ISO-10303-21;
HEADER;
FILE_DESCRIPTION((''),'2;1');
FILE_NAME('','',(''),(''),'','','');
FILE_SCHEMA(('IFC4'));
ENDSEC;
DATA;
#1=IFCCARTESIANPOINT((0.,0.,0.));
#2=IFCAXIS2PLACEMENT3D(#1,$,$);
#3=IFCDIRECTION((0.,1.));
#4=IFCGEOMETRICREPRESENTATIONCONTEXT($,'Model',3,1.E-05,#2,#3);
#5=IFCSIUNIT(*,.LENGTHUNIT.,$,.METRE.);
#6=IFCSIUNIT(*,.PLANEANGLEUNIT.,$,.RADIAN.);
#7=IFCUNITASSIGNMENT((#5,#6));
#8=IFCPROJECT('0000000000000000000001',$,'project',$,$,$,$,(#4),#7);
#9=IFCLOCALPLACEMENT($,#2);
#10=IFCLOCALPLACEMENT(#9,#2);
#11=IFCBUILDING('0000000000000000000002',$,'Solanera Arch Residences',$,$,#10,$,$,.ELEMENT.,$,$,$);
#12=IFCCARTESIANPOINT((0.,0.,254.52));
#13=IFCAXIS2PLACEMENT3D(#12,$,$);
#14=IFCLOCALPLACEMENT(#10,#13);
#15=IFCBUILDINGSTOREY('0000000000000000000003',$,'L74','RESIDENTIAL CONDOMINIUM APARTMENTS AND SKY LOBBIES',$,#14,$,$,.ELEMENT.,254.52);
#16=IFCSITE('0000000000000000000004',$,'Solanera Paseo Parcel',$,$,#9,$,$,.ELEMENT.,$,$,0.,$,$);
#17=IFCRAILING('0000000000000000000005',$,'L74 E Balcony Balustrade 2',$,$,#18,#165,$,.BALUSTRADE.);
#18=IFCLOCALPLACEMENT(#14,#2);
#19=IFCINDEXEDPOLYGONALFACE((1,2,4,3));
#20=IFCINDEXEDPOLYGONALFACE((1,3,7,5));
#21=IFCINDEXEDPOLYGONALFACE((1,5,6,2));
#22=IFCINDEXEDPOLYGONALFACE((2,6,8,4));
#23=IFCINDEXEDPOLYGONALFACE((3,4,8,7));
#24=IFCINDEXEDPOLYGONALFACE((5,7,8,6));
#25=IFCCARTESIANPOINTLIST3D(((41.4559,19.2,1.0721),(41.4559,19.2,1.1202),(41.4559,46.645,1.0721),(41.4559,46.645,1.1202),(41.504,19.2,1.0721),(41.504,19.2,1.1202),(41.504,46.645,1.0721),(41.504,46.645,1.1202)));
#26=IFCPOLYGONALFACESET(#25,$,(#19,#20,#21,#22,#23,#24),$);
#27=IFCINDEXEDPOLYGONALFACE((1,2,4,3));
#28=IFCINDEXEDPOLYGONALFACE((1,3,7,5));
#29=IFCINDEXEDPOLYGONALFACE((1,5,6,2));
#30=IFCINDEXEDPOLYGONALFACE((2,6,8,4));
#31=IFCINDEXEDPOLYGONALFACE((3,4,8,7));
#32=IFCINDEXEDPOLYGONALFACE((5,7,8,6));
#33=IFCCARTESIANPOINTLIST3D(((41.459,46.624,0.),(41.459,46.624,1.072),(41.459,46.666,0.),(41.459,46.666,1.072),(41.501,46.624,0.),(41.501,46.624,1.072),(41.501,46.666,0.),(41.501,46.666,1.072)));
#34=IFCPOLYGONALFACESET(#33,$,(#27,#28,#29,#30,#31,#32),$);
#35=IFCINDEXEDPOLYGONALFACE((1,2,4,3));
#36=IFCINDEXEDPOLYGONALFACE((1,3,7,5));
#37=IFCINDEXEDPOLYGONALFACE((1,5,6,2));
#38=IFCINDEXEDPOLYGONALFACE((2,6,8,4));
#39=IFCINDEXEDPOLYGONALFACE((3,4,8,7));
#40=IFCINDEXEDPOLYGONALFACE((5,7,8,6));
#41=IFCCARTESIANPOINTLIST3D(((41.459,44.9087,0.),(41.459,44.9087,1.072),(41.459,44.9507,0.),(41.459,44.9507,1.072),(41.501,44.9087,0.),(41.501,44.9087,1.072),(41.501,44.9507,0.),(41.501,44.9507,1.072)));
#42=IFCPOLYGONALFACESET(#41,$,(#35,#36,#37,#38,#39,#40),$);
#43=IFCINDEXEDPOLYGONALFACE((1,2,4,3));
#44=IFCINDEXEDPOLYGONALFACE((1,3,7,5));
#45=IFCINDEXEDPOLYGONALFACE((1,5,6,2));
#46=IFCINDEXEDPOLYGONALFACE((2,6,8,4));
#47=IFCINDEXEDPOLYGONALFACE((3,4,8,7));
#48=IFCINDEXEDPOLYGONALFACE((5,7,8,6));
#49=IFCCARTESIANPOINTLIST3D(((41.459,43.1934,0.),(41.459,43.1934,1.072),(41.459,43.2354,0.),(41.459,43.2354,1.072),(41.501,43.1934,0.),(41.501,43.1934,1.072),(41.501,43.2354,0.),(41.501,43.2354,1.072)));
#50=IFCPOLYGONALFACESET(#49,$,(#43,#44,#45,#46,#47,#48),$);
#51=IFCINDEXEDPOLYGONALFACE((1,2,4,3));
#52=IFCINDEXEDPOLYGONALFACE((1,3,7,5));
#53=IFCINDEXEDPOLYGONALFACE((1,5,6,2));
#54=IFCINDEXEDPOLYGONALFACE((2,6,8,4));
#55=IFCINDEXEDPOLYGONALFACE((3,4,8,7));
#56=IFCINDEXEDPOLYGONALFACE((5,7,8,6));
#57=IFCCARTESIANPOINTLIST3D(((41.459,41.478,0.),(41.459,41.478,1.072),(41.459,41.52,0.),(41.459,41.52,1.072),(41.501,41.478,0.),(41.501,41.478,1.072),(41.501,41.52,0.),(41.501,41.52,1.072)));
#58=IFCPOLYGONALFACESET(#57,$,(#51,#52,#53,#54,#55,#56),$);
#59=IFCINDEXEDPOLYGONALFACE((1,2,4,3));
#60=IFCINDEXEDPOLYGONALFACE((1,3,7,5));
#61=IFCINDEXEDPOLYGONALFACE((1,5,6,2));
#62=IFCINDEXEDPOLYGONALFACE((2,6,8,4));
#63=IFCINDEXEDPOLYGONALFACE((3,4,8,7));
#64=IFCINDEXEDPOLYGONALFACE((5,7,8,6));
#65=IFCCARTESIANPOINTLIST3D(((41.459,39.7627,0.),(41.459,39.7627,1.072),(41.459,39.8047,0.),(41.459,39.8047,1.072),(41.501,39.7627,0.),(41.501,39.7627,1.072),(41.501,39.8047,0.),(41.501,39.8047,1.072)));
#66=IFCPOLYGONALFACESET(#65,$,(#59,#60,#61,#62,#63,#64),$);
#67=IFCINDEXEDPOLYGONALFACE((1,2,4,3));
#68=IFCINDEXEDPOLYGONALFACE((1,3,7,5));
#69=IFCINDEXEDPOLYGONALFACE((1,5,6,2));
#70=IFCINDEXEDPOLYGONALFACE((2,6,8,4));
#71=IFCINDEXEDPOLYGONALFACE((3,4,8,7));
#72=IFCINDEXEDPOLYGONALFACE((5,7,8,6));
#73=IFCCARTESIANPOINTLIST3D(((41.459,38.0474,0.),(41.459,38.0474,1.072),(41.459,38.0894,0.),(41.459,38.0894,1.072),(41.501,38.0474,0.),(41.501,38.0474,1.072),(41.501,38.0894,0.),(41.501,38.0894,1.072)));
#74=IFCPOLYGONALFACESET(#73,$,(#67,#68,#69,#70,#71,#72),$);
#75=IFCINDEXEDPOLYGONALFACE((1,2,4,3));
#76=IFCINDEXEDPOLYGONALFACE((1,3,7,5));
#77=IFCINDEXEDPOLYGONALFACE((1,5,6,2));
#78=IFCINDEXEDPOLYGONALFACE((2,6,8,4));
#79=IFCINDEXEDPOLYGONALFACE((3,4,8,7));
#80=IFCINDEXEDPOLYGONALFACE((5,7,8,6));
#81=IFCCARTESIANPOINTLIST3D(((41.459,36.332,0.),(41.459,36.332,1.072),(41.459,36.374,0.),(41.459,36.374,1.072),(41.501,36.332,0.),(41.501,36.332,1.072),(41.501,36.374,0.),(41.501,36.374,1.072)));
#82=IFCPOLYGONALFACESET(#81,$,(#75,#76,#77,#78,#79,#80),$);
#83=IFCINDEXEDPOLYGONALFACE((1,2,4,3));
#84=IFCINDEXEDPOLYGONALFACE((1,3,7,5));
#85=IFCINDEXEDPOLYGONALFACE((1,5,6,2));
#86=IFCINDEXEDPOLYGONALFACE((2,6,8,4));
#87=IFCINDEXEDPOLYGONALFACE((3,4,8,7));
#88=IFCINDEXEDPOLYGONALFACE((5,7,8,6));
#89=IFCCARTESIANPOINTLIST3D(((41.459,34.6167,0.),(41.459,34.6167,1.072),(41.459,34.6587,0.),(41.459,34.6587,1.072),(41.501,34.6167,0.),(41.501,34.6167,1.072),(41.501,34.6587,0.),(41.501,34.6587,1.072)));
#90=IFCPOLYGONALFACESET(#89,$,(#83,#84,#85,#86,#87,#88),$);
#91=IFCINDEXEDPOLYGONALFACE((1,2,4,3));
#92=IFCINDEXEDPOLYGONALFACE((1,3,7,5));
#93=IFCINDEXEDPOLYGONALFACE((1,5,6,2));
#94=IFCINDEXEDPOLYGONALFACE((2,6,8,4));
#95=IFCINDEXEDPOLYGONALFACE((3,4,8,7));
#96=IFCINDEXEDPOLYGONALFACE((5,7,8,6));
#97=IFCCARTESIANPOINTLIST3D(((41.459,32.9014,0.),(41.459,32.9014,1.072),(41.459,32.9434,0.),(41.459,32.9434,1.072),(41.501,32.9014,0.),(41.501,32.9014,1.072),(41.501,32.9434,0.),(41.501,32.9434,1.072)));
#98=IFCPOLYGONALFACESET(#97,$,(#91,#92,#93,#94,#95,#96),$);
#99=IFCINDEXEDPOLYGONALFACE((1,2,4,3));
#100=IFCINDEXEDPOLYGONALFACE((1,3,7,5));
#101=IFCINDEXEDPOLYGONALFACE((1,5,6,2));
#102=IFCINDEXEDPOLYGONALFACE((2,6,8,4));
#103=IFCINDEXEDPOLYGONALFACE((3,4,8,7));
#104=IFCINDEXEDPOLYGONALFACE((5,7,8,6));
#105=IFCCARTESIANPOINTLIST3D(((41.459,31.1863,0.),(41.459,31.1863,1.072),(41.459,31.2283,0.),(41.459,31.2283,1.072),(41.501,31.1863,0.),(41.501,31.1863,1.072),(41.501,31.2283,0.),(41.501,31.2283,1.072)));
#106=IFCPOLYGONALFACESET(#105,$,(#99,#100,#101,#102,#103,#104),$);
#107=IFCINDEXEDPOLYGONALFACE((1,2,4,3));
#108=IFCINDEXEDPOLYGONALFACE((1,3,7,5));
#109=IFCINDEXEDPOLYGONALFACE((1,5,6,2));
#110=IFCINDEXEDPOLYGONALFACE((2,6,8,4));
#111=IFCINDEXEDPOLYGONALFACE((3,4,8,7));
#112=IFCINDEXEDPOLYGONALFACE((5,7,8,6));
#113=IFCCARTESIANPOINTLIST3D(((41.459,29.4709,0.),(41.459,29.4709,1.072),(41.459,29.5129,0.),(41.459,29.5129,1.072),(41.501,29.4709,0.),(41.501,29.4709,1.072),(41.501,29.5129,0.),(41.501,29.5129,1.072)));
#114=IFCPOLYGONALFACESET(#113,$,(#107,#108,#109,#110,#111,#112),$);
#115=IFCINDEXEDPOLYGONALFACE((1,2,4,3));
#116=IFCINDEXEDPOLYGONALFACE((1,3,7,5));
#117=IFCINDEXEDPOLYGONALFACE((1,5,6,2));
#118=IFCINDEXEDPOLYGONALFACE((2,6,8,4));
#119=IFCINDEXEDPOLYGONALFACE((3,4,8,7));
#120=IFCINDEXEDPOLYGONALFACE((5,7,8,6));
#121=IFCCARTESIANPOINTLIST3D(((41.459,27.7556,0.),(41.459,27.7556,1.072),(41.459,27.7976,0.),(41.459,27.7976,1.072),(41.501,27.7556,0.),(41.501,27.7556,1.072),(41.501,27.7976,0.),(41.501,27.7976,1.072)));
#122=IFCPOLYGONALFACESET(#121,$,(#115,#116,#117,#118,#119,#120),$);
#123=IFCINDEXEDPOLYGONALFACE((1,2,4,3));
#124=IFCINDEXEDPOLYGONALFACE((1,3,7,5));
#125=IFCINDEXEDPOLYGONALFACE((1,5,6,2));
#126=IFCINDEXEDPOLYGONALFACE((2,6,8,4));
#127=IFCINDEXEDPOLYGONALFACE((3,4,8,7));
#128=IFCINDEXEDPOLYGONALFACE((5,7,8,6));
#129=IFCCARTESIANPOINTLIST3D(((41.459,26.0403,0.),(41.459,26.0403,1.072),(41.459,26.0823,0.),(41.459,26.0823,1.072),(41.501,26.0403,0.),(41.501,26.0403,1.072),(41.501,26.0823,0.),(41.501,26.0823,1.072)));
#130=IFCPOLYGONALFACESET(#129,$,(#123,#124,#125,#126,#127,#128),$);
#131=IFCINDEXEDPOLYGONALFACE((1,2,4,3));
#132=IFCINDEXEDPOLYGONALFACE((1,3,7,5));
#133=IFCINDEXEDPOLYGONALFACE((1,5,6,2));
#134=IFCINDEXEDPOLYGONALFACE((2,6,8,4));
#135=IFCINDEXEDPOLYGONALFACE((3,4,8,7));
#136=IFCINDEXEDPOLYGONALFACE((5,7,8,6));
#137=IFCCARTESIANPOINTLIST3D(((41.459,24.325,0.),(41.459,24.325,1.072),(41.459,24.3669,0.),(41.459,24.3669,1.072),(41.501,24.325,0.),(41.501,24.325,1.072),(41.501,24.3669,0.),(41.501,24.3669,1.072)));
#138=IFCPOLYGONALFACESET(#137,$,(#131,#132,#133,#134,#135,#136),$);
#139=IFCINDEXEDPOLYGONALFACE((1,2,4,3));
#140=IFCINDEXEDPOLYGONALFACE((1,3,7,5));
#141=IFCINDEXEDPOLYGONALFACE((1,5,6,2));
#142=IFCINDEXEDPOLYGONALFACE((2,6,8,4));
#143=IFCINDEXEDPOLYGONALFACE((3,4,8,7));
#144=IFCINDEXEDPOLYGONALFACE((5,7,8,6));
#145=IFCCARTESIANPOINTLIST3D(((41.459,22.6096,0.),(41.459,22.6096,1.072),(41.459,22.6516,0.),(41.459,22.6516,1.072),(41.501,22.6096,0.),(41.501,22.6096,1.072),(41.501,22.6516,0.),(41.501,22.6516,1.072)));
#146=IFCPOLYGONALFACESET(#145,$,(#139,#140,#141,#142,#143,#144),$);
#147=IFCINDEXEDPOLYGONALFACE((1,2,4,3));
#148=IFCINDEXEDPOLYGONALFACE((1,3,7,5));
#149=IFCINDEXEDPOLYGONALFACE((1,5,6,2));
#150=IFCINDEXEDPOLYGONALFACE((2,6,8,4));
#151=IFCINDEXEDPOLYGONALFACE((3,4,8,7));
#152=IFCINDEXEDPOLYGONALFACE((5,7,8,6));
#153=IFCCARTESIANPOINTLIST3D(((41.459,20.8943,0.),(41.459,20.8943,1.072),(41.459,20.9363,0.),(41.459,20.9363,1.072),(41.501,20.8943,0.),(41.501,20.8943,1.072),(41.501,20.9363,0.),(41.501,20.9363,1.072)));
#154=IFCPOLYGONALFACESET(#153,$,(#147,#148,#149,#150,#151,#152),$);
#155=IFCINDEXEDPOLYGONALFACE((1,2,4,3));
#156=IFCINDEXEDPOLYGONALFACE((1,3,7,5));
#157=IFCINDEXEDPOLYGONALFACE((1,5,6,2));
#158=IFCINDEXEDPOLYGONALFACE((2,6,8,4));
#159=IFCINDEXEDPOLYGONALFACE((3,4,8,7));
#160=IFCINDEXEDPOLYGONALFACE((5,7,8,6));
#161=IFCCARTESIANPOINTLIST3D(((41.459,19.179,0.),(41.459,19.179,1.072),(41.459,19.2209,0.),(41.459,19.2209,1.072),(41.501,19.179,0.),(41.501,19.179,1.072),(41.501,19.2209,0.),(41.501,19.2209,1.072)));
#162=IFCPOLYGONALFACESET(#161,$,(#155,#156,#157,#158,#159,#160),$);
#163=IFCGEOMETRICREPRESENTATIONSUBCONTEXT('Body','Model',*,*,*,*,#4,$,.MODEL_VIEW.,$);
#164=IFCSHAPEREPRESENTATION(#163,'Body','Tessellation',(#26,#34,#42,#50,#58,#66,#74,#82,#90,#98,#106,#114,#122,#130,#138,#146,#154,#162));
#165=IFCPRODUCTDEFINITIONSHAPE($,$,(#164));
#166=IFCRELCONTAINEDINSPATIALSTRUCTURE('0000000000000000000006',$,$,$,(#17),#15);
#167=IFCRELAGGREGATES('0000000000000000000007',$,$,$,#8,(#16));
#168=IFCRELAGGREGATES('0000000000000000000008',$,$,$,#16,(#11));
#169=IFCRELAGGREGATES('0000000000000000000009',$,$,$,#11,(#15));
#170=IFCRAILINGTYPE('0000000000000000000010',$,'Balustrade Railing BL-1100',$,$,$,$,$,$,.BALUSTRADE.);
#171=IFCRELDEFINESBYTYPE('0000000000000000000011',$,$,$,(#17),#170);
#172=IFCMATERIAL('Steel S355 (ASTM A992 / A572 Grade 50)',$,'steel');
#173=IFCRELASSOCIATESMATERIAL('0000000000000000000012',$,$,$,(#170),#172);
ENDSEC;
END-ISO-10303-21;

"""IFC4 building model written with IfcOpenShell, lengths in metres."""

from ifc_helpers import new_model, si_unit, direction, frame, origin, origin_2d, place, context, subcontext, project, spatial, rectangle, extrude, material, type_object, element, save


model = new_model("IFC4")

# Units and contexts
model_context = context("Model", 3, precision=1e-05, world=origin(), true_north=direction((0.0, 1.0)))
body_context = subcontext(model_context, "Body", "Model", "MODEL_VIEW")
ifc_project = project(units=[si_unit("LENGTHUNIT", "METRE"), si_unit("PLANEANGLEUNIT", "RADIAN")], contexts=[model_context])

# Site, building, storey
site_placement = place(None, origin())
site = spatial("IfcSite", under=ifc_project, at=site_placement, Name="Solanera Paseo Parcel", CompositionType="ELEMENT", RefElevation=0.0)
building_placement = place(site_placement, origin())
building = spatial("IfcBuilding", under=site, at=building_placement, Name="Solanera Arch Residences", CompositionType="ELEMENT")
storey_placement = place(building_placement, frame((0.0, 0.0, 254.52)))
storey = spatial("IfcBuildingStorey", under=building, at=storey_placement, Name="L74", Description="RESIDENTIAL CONDOMINIUM APARTMENTS AND SKY LOBBIES", CompositionType="ELEMENT", Elevation=254.52)

# Railing
ifc_material_1 = material(Name="Steel S355 (ASTM A992 / A572 Grade 50)", Category="steel")
railing_type = type_object("IfcRailingType", Name="Balustrade Railing BL-1100", PredefinedType="BALUSTRADE", material=ifc_material_1)
railing_1_placement = place(storey_placement, frame((41.48, 46.645, 0.0)))
element("IfcRailing", 1, at=railing_1_placement, inside=storey, type_object=railing_type, Name="L74 E Balcony Balustrade 2", PredefinedType="BALUSTRADE", context=body_context, shape_type="SweptSolid", body=[
    extrude(rectangle(XDim=0.0481, YDim=0.0481, at=origin_2d()), frame((0.0, 0.0, 1.0962), z_axis=(0.0, -1.0, 0.0), x_axis=(1.0, 0.0, 0.0)), (0.0, 0.0, 1.0), 27.4451),
    extrude(rectangle(XDim=0.042, YDim=0.042, at=origin_2d()), origin(), (0.0, 0.0, 1.0), 1.072),
    extrude(rectangle(XDim=0.042, YDim=0.042, at=origin_2d()), frame((0.0, -1.7153, 0.0)), (0.0, 0.0, 1.0), 1.072),
    extrude(rectangle(XDim=0.042, YDim=0.042, at=origin_2d()), frame((0.0, -3.4307, 0.0)), (0.0, 0.0, 1.0), 1.072),
    extrude(rectangle(XDim=0.042, YDim=0.042, at=origin_2d()), frame((0.0, -5.146, 0.0)), (0.0, 0.0, 1.0), 1.072),
    extrude(rectangle(XDim=0.042, YDim=0.042, at=origin_2d()), frame((0.0, -6.8613, 0.0)), (0.0, 0.0, 1.0), 1.072),
    extrude(rectangle(XDim=0.042, YDim=0.042, at=origin_2d()), frame((0.0, -8.5767, 0.0)), (0.0, 0.0, 1.0), 1.072),
    extrude(rectangle(XDim=0.042, YDim=0.042, at=origin_2d()), frame((0.0, -10.292, 0.0)), (0.0, 0.0, 1.0), 1.072),
    extrude(rectangle(XDim=0.042, YDim=0.042, at=origin_2d()), frame((0.0, -12.0073, 0.0)), (0.0, 0.0, 1.0), 1.072),
    extrude(rectangle(XDim=0.042, YDim=0.042, at=origin_2d()), frame((0.0, -13.7227, 0.0)), (0.0, 0.0, 1.0), 1.072),
    extrude(rectangle(XDim=0.042, YDim=0.042, at=origin_2d()), frame((0.0, -15.4377, 0.0)), (0.0, 0.0, 1.0), 1.072),
    extrude(rectangle(XDim=0.042, YDim=0.042, at=origin_2d()), frame((0.0, -17.1531, 0.0)), (0.0, 0.0, 1.0), 1.072),
    extrude(rectangle(XDim=0.042, YDim=0.042, at=origin_2d()), frame((0.0, -18.8684, 0.0)), (0.0, 0.0, 1.0), 1.072),
    extrude(rectangle(XDim=0.042, YDim=0.042, at=origin_2d()), frame((0.0, -20.5837, 0.0)), (0.0, 0.0, 1.0), 1.072),
    extrude(rectangle(XDim=0.042, YDim=0.042, at=origin_2d()), frame((0.0, -22.2991, 0.0)), (0.0, 0.0, 1.0), 1.072),
    extrude(rectangle(XDim=0.042, YDim=0.042, at=origin_2d()), frame((0.0, -24.0144, 0.0)), (0.0, 0.0, 1.0), 1.072),
    extrude(rectangle(XDim=0.042, YDim=0.042, at=origin_2d()), frame((0.0, -25.7297, 0.0)), (0.0, 0.0, 1.0), 1.072),
    extrude(rectangle(XDim=0.042, YDim=0.042, at=origin_2d()), frame((0.0, -27.4451, 0.0)), (0.0, 0.0, 1.0), 1.072),
])

save(model, "model.ifc")
